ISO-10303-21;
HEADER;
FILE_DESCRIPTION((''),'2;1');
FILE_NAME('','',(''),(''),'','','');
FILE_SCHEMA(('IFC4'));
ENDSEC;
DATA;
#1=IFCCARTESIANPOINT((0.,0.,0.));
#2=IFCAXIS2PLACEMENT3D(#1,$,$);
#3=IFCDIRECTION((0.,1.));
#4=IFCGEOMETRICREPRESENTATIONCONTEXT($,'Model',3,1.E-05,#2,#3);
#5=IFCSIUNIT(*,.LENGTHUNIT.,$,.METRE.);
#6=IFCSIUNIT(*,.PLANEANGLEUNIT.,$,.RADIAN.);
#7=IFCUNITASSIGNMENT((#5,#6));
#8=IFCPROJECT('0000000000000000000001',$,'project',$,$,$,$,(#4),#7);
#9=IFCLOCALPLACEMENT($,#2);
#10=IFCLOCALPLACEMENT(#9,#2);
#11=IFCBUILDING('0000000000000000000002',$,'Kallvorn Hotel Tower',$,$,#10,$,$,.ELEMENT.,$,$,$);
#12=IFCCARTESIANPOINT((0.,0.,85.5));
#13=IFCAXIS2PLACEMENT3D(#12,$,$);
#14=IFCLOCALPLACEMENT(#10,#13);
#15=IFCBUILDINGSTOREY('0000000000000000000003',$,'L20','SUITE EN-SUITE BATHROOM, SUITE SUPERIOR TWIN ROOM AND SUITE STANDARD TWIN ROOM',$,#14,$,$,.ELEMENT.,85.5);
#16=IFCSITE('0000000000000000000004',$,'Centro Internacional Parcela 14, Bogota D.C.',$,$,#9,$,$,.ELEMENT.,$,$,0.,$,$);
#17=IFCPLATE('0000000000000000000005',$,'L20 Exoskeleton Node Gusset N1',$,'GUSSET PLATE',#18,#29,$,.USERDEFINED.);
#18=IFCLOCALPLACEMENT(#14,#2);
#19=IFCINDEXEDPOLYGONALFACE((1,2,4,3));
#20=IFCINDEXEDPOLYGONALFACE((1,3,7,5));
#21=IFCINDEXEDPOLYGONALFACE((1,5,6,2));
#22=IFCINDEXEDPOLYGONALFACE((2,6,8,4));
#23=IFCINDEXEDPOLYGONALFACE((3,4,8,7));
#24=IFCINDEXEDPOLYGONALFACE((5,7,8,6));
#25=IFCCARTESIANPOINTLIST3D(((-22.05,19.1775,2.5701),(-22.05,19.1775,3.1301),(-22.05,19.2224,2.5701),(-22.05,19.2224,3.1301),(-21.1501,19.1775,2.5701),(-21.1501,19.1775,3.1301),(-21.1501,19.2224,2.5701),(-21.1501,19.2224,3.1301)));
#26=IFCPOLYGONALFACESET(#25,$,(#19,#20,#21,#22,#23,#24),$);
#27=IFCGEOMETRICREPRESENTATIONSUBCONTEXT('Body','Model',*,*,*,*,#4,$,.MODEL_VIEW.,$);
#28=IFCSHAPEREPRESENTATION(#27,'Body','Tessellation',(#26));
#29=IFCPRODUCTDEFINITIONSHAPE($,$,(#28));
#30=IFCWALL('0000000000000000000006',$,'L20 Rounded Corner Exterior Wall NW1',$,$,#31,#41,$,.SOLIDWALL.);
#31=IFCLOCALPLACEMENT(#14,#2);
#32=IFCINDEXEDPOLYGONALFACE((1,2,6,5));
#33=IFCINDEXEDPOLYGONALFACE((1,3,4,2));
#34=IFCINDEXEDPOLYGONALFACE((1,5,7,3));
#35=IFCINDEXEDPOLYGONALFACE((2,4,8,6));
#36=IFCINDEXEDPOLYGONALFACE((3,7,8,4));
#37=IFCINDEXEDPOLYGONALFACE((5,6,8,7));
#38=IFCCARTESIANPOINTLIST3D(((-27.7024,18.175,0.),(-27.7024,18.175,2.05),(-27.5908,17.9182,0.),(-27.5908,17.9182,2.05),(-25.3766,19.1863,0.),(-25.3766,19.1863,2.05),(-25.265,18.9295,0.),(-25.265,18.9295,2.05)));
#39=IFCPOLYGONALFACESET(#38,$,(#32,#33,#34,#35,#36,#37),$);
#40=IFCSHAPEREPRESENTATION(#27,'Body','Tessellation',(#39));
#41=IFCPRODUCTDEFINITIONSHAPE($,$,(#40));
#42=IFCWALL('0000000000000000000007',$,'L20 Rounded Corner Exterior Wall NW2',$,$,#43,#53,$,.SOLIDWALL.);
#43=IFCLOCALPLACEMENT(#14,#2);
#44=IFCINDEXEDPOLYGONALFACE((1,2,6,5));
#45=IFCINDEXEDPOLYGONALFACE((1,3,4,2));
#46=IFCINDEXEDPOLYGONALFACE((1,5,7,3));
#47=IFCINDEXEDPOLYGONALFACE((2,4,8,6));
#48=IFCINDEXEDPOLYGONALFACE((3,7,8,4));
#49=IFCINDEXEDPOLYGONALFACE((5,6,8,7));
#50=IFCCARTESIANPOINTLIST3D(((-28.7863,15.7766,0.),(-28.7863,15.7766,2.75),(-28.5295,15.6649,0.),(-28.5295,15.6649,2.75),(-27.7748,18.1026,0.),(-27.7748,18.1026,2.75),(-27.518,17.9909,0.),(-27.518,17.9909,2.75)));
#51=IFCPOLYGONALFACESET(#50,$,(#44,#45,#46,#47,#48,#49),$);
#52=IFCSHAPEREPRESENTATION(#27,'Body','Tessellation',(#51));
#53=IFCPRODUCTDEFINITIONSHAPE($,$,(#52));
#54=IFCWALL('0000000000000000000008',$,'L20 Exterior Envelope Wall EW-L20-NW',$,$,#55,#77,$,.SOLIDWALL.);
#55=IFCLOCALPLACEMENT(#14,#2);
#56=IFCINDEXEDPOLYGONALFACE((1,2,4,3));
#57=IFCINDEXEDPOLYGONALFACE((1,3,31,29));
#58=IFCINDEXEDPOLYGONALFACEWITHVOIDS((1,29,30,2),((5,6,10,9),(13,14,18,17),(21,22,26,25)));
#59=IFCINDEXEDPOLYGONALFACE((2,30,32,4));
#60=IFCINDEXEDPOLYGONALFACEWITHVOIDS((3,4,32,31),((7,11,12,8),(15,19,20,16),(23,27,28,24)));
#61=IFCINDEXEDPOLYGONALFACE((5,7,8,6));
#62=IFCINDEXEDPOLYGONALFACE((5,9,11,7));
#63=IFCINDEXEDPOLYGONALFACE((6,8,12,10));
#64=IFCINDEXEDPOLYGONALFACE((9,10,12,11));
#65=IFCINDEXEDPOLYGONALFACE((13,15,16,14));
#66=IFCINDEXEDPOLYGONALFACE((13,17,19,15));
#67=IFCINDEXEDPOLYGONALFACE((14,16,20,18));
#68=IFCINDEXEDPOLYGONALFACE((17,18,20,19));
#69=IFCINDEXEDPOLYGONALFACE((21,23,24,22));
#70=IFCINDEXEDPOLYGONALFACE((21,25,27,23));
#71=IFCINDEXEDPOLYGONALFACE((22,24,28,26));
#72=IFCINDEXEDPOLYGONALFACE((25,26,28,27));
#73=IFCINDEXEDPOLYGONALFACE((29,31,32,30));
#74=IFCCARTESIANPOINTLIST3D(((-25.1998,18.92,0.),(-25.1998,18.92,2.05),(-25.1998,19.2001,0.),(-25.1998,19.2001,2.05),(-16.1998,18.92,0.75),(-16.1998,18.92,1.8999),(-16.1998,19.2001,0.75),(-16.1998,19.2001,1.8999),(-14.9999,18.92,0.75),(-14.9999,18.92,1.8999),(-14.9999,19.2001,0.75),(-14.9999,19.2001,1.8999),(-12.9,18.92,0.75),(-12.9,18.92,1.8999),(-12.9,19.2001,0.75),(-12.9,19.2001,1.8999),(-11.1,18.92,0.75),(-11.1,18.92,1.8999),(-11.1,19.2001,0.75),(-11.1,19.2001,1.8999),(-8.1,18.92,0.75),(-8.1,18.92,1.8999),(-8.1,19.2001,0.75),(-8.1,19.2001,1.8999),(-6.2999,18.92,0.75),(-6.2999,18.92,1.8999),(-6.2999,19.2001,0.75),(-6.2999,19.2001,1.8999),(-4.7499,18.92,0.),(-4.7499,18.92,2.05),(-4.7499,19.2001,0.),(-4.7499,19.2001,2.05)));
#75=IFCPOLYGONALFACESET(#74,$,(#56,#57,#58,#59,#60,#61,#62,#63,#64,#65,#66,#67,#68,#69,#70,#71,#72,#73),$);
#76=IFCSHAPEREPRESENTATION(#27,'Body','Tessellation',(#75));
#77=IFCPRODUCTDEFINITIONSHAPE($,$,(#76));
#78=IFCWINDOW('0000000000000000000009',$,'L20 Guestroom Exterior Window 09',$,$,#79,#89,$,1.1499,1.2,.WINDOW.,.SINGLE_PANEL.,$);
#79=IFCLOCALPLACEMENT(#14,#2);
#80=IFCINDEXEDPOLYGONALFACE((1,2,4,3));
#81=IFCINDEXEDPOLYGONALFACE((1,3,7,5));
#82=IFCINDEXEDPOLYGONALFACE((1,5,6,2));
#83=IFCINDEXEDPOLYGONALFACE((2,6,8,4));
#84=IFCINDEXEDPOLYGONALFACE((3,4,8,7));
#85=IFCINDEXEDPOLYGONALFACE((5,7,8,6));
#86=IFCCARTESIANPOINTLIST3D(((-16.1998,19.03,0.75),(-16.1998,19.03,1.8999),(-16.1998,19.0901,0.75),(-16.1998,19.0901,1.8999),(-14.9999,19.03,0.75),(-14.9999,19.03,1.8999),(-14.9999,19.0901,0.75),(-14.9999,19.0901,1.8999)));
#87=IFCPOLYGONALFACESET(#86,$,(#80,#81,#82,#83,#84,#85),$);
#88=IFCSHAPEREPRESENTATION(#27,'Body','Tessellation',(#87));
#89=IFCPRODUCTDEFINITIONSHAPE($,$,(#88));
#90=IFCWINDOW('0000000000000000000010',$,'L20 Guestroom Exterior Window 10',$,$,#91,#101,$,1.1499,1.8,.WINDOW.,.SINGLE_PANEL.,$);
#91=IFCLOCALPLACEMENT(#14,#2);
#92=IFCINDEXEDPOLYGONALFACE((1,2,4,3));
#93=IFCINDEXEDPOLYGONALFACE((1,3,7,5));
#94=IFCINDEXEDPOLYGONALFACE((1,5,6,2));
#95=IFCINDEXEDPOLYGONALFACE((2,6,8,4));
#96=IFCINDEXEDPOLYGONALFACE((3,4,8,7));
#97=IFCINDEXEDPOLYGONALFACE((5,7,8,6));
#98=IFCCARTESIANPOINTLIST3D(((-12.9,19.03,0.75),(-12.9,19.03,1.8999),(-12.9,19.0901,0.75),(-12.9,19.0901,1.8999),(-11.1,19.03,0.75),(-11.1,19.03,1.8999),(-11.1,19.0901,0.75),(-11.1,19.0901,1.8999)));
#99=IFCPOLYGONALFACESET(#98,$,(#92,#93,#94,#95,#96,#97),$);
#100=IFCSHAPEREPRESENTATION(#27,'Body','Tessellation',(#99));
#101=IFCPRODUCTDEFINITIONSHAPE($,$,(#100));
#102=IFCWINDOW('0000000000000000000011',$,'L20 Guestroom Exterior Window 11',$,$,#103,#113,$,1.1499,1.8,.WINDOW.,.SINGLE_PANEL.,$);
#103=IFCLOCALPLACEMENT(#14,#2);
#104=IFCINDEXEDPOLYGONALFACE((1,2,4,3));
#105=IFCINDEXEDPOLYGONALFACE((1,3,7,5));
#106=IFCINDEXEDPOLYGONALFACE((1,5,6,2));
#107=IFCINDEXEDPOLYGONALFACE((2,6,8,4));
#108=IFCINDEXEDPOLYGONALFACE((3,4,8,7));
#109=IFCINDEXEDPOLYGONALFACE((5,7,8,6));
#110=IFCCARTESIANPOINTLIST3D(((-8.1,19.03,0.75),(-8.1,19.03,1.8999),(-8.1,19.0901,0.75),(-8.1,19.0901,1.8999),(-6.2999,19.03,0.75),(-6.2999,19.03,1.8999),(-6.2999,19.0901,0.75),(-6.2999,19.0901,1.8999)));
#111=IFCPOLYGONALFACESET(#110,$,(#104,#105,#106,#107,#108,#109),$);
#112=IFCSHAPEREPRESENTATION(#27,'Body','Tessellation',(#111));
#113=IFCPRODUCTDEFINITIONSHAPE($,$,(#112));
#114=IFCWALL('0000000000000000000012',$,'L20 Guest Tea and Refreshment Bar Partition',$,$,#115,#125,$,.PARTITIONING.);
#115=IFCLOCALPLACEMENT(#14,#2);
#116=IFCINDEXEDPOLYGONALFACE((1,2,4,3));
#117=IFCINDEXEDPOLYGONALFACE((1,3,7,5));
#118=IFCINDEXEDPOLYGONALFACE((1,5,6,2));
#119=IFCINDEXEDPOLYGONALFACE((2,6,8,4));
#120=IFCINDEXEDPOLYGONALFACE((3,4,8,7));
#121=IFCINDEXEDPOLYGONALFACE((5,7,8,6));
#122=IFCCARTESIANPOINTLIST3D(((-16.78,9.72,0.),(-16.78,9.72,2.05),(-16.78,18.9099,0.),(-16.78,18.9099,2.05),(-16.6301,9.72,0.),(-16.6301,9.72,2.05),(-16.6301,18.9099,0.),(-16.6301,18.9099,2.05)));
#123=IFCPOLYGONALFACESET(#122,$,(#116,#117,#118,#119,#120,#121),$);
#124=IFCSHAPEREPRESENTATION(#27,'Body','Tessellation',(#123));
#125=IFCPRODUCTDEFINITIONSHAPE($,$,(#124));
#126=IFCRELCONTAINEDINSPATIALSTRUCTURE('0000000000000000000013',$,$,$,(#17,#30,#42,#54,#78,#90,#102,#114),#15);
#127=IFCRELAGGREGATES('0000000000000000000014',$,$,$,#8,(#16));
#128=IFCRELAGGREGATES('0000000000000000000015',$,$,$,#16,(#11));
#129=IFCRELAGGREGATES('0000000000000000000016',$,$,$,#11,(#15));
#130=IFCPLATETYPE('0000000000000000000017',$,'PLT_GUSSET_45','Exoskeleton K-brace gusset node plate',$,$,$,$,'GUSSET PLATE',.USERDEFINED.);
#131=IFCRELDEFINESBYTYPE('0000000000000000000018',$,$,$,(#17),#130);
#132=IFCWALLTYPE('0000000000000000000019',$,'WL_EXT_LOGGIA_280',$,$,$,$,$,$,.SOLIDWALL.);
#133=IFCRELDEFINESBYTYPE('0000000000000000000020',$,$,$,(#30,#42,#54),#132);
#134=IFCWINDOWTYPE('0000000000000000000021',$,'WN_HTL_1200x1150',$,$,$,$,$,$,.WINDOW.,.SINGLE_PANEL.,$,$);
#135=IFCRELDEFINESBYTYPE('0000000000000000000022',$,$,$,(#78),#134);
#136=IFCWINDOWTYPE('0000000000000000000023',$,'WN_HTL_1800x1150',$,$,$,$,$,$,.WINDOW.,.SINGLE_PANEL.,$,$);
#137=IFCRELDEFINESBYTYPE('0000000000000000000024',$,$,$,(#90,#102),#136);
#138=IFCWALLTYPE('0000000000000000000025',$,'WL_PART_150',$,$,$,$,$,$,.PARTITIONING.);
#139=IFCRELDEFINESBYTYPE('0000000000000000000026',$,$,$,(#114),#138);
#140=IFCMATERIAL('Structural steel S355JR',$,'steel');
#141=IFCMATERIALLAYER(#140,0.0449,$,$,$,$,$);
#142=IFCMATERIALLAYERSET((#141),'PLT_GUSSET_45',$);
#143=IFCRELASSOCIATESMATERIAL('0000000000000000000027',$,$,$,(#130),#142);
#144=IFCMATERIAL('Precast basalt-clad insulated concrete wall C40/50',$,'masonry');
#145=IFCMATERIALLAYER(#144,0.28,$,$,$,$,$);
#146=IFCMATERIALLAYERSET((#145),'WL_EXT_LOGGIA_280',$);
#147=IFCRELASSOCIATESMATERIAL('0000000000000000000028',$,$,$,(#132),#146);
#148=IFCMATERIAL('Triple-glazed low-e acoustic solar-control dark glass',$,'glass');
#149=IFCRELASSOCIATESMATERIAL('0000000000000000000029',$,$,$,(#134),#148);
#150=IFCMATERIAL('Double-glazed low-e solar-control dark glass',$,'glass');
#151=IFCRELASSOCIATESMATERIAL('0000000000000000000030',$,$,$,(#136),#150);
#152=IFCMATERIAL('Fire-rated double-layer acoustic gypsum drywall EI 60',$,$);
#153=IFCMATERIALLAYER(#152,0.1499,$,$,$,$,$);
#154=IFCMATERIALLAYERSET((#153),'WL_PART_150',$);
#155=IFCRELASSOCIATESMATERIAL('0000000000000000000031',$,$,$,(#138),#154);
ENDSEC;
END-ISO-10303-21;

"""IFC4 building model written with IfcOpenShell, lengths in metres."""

from ifc_helpers import new_model, si_unit, direction, frame, frame_2d, origin, origin_2d, place, context, subcontext, project, spatial, rectangle, extrude, material, layer, layer_set, type_object, element, fill, save


model = new_model("IFC4")

# Units and contexts
model_context = context("Model", 3, precision=1e-05, world=origin(), true_north=direction((0.0, 1.0)))
body_context = subcontext(model_context, "Body", "Model", "MODEL_VIEW")
ifc_project = project(units=[si_unit("LENGTHUNIT", "METRE"), si_unit("PLANEANGLEUNIT", "RADIAN")], contexts=[model_context])

# Site, building, storey
site_placement = place(None, origin())
site = spatial("IfcSite", under=ifc_project, at=site_placement, Name="Centro Internacional Parcela 14, Bogota D.C.", CompositionType="ELEMENT", RefElevation=0.0)
building_placement = place(site_placement, origin())
building = spatial("IfcBuilding", under=site, at=building_placement, Name="Kallvorn Hotel Tower", CompositionType="ELEMENT")
storey_placement = place(building_placement, frame((0.0, 0.0, 85.5)))
storey = spatial("IfcBuildingStorey", under=building, at=storey_placement, Name="L20", Description="SUITE EN-SUITE BATHROOM, SUITE SUPERIOR TWIN ROOM AND SUITE STANDARD TWIN ROOM", CompositionType="ELEMENT", Elevation=85.5)

# Plate
ifc_material_1 = material(Name="Structural steel S355JR", Category="steel")
ifc_layer_1 = layer(ifc_material_1, 0.0449)
ifc_layer_set_1 = layer_set([ifc_layer_1], Name="PLT_GUSSET_45")
plate_type_1 = type_object("IfcPlateType", Name="PLT_GUSSET_45", Description="Exoskeleton K-brace gusset node plate", ElementType="GUSSET PLATE", PredefinedType="USERDEFINED", material=ifc_layer_set_1)
plate_1_placement = place(storey_placement, frame((-21.6001, 19.2, 2.5701), z_axis=(0.0, 0.0, 1.0), x_axis=(1.0, 0.0, 0.0)))
element("IfcPlate", 1, at=plate_1_placement, inside=storey, type_object=plate_type_1, Name="L20 Exoskeleton Node Gusset N1", ObjectType="GUSSET PLATE", PredefinedType="USERDEFINED", context=body_context, shape_type="SweptSolid", body=[
    extrude(rectangle(XDim=0.8999, YDim=0.0449, at=origin_2d()), origin(), (0.0, 0.0, 1.0), 0.5601),
])

# Walls
ifc_material_2 = material(Name="Precast basalt-clad insulated concrete wall C40/50", Category="masonry")
ifc_layer_2 = layer(ifc_material_2, 0.28)
ifc_layer_set_2 = layer_set([ifc_layer_2], Name="WL_EXT_LOGGIA_280")
wall_type_1 = type_object("IfcWallType", Name="WL_EXT_LOGGIA_280", PredefinedType="SOLIDWALL", material=ifc_layer_set_2)
wall_1_placement = place(storey_placement, frame((-25.3208, 19.0579, 0.0), z_axis=(0.0, 0.0, 1.0), x_axis=(-0.917061, -0.398747, 0.0)))
element("IfcWall", 2, at=wall_1_placement, inside=storey, type_object=wall_type_1, Name="L20 Rounded Corner Exterior Wall NW1", PredefinedType="SOLIDWALL", context=body_context, shape_type="SweptSolid", body=[
    extrude(rectangle(XDim=2.5361, YDim=0.28, at=frame_2d((1.2681, 0.0))), origin(), (0.0, 0.0, 1.0), 2.05),
])
wall_2_placement = place(storey_placement, frame((-27.6465, 18.0466, 0.0), z_axis=(0.0, 0.0, 1.0), x_axis=(-0.398793, -0.917041, 0.0)))
element("IfcWall", 3, at=wall_2_placement, inside=storey, type_object=wall_type_1, Name="L20 Rounded Corner Exterior Wall NW2", PredefinedType="SOLIDWALL", context=body_context, shape_type="SweptSolid", body=[
    extrude(rectangle(XDim=2.5364, YDim=0.28, at=frame_2d((1.2681, 0.0))), origin(), (0.0, 0.0, 1.0), 2.75),
])

# Wall, openings, windows
wall_3_placement = place(storey_placement, frame((-25.2, 19.0601, 0.0), z_axis=(0.0, 0.0, 1.0), x_axis=(1.0, 0.0, 0.0)))
wall_3 = element("IfcWall", 4, at=wall_3_placement, inside=storey, type_object=wall_type_1, Name="L20 Exterior Envelope Wall EW-L20-NW", PredefinedType="SOLIDWALL", context=body_context, shape_type="SweptSolid", body=[
    extrude(rectangle(XDim=20.45, YDim=0.28, at=frame_2d((10.2251, 0.0))), origin(), (0.0, 0.0, 1.0), 2.05),
])
opening_1_placement = place(wall_3_placement, frame((9.0, 0.0, 0.75)))
opening_1 = element("IfcOpeningElement", 5, at=opening_1_placement, cuts=wall_3, PredefinedType="OPENING", context=body_context, shape_type="SweptSolid", body=[
    extrude(rectangle(XDim=1.2, YDim=1.1499, at=frame_2d((0.6001, 0.575))), frame((0.0, 0.155, 0.0), z_axis=(0.0, -1.0, 0.0), x_axis=(1.0, 0.0, 0.0)), (0.0, 0.0, 1.0), 0.3101),
])
opening_2_placement = place(wall_3_placement, frame((12.3, 0.0, 0.75)))
opening_2 = element("IfcOpeningElement", 6, at=opening_2_placement, cuts=wall_3, PredefinedType="OPENING", context=body_context, shape_type="SweptSolid", body=[
    extrude(rectangle(XDim=1.8, YDim=1.1499, at=frame_2d((0.8999, 0.575))), frame((0.0, 0.155, 0.0), z_axis=(0.0, -1.0, 0.0), x_axis=(1.0, 0.0, 0.0)), (0.0, 0.0, 1.0), 0.3101),
])
opening_3_placement = place(wall_3_placement, frame((17.1001, 0.0, 0.75)))
opening_3 = element("IfcOpeningElement", 7, at=opening_3_placement, cuts=wall_3, PredefinedType="OPENING", context=body_context, shape_type="SweptSolid", body=[
    extrude(rectangle(XDim=1.8, YDim=1.1499, at=frame_2d((0.8999, 0.575))), frame((0.0, 0.155, 0.0), z_axis=(0.0, -1.0, 0.0), x_axis=(1.0, 0.0, 0.0)), (0.0, 0.0, 1.0), 0.3101),
])
ifc_material_3 = material(Name="Triple-glazed low-e acoustic solar-control dark glass", Category="glass")
window_type_1 = type_object("IfcWindowType", Name="WN_HTL_1200x1150", PartitioningType="SINGLE_PANEL", PredefinedType="WINDOW", material=ifc_material_3)
window_1_placement = place(opening_1_placement, origin())
window_1 = element("IfcWindow", 8, at=window_1_placement, inside=storey, type_object=window_type_1, Name="L20 Guestroom Exterior Window 09", OverallHeight=1.1499, OverallWidth=1.2, PartitioningType="SINGLE_PANEL", PredefinedType="WINDOW", context=body_context, shape_type="SweptSolid", body=[
    extrude(rectangle(XDim=1.2, YDim=1.1499, at=frame_2d((0.6001, 0.575))), frame((0.0, 0.03, 0.0), z_axis=(0.0, -1.0, 0.0), x_axis=(1.0, 0.0, 0.0)), (0.0, 0.0, 1.0), 0.0601),
])
fill(opening_1, window_1)
ifc_material_4 = material(Name="Double-glazed low-e solar-control dark glass", Category="glass")
window_type_2 = type_object("IfcWindowType", Name="WN_HTL_1800x1150", PartitioningType="SINGLE_PANEL", PredefinedType="WINDOW", material=ifc_material_4)
window_2_placement = place(opening_2_placement, origin())
window_2 = element("IfcWindow", 9, at=window_2_placement, inside=storey, type_object=window_type_2, Name="L20 Guestroom Exterior Window 10", OverallHeight=1.1499, OverallWidth=1.8, PartitioningType="SINGLE_PANEL", PredefinedType="WINDOW", context=body_context, shape_type="SweptSolid", body=[
    extrude(rectangle(XDim=1.8, YDim=1.1499, at=frame_2d((0.8999, 0.575))), frame((0.0, 0.03, 0.0), z_axis=(0.0, -1.0, 0.0), x_axis=(1.0, 0.0, 0.0)), (0.0, 0.0, 1.0), 0.0601),
])
fill(opening_2, window_2)
window_3_placement = place(opening_3_placement, origin())
window_3 = element("IfcWindow", 10, at=window_3_placement, inside=storey, type_object=window_type_2, Name="L20 Guestroom Exterior Window 11", OverallHeight=1.1499, OverallWidth=1.8, PartitioningType="SINGLE_PANEL", PredefinedType="WINDOW", context=body_context, shape_type="SweptSolid", body=[
    extrude(rectangle(XDim=1.8, YDim=1.1499, at=frame_2d((0.8999, 0.575))), frame((0.0, 0.03, 0.0), z_axis=(0.0, -1.0, 0.0), x_axis=(1.0, 0.0, 0.0)), (0.0, 0.0, 1.0), 0.0601),
])
fill(opening_3, window_3)

# Wall
ifc_material_5 = material(Name="Fire-rated double-layer acoustic gypsum drywall EI 60")
ifc_layer_3 = layer(ifc_material_5, 0.1499)
ifc_layer_set_3 = layer_set([ifc_layer_3], Name="WL_PART_150")
wall_type_2 = type_object("IfcWallType", Name="WL_PART_150", PredefinedType="PARTITIONING", material=ifc_layer_set_3)
wall_4_placement = place(storey_placement, frame((-16.7051, 9.72, 0.0), z_axis=(0.0, 0.0, 1.0), x_axis=(0.0, 1.0, 0.0)))
element("IfcWall", 11, at=wall_4_placement, inside=storey, type_object=wall_type_2, Name="L20 Guest Tea and Refreshment Bar Partition", PredefinedType="PARTITIONING", context=body_context, shape_type="SweptSolid", body=[
    extrude(rectangle(XDim=9.1899, YDim=0.1499, at=frame_2d((4.595, 0.0))), origin(), (0.0, 0.0, 1.0), 2.05),
])

save(model, "model.ifc")
